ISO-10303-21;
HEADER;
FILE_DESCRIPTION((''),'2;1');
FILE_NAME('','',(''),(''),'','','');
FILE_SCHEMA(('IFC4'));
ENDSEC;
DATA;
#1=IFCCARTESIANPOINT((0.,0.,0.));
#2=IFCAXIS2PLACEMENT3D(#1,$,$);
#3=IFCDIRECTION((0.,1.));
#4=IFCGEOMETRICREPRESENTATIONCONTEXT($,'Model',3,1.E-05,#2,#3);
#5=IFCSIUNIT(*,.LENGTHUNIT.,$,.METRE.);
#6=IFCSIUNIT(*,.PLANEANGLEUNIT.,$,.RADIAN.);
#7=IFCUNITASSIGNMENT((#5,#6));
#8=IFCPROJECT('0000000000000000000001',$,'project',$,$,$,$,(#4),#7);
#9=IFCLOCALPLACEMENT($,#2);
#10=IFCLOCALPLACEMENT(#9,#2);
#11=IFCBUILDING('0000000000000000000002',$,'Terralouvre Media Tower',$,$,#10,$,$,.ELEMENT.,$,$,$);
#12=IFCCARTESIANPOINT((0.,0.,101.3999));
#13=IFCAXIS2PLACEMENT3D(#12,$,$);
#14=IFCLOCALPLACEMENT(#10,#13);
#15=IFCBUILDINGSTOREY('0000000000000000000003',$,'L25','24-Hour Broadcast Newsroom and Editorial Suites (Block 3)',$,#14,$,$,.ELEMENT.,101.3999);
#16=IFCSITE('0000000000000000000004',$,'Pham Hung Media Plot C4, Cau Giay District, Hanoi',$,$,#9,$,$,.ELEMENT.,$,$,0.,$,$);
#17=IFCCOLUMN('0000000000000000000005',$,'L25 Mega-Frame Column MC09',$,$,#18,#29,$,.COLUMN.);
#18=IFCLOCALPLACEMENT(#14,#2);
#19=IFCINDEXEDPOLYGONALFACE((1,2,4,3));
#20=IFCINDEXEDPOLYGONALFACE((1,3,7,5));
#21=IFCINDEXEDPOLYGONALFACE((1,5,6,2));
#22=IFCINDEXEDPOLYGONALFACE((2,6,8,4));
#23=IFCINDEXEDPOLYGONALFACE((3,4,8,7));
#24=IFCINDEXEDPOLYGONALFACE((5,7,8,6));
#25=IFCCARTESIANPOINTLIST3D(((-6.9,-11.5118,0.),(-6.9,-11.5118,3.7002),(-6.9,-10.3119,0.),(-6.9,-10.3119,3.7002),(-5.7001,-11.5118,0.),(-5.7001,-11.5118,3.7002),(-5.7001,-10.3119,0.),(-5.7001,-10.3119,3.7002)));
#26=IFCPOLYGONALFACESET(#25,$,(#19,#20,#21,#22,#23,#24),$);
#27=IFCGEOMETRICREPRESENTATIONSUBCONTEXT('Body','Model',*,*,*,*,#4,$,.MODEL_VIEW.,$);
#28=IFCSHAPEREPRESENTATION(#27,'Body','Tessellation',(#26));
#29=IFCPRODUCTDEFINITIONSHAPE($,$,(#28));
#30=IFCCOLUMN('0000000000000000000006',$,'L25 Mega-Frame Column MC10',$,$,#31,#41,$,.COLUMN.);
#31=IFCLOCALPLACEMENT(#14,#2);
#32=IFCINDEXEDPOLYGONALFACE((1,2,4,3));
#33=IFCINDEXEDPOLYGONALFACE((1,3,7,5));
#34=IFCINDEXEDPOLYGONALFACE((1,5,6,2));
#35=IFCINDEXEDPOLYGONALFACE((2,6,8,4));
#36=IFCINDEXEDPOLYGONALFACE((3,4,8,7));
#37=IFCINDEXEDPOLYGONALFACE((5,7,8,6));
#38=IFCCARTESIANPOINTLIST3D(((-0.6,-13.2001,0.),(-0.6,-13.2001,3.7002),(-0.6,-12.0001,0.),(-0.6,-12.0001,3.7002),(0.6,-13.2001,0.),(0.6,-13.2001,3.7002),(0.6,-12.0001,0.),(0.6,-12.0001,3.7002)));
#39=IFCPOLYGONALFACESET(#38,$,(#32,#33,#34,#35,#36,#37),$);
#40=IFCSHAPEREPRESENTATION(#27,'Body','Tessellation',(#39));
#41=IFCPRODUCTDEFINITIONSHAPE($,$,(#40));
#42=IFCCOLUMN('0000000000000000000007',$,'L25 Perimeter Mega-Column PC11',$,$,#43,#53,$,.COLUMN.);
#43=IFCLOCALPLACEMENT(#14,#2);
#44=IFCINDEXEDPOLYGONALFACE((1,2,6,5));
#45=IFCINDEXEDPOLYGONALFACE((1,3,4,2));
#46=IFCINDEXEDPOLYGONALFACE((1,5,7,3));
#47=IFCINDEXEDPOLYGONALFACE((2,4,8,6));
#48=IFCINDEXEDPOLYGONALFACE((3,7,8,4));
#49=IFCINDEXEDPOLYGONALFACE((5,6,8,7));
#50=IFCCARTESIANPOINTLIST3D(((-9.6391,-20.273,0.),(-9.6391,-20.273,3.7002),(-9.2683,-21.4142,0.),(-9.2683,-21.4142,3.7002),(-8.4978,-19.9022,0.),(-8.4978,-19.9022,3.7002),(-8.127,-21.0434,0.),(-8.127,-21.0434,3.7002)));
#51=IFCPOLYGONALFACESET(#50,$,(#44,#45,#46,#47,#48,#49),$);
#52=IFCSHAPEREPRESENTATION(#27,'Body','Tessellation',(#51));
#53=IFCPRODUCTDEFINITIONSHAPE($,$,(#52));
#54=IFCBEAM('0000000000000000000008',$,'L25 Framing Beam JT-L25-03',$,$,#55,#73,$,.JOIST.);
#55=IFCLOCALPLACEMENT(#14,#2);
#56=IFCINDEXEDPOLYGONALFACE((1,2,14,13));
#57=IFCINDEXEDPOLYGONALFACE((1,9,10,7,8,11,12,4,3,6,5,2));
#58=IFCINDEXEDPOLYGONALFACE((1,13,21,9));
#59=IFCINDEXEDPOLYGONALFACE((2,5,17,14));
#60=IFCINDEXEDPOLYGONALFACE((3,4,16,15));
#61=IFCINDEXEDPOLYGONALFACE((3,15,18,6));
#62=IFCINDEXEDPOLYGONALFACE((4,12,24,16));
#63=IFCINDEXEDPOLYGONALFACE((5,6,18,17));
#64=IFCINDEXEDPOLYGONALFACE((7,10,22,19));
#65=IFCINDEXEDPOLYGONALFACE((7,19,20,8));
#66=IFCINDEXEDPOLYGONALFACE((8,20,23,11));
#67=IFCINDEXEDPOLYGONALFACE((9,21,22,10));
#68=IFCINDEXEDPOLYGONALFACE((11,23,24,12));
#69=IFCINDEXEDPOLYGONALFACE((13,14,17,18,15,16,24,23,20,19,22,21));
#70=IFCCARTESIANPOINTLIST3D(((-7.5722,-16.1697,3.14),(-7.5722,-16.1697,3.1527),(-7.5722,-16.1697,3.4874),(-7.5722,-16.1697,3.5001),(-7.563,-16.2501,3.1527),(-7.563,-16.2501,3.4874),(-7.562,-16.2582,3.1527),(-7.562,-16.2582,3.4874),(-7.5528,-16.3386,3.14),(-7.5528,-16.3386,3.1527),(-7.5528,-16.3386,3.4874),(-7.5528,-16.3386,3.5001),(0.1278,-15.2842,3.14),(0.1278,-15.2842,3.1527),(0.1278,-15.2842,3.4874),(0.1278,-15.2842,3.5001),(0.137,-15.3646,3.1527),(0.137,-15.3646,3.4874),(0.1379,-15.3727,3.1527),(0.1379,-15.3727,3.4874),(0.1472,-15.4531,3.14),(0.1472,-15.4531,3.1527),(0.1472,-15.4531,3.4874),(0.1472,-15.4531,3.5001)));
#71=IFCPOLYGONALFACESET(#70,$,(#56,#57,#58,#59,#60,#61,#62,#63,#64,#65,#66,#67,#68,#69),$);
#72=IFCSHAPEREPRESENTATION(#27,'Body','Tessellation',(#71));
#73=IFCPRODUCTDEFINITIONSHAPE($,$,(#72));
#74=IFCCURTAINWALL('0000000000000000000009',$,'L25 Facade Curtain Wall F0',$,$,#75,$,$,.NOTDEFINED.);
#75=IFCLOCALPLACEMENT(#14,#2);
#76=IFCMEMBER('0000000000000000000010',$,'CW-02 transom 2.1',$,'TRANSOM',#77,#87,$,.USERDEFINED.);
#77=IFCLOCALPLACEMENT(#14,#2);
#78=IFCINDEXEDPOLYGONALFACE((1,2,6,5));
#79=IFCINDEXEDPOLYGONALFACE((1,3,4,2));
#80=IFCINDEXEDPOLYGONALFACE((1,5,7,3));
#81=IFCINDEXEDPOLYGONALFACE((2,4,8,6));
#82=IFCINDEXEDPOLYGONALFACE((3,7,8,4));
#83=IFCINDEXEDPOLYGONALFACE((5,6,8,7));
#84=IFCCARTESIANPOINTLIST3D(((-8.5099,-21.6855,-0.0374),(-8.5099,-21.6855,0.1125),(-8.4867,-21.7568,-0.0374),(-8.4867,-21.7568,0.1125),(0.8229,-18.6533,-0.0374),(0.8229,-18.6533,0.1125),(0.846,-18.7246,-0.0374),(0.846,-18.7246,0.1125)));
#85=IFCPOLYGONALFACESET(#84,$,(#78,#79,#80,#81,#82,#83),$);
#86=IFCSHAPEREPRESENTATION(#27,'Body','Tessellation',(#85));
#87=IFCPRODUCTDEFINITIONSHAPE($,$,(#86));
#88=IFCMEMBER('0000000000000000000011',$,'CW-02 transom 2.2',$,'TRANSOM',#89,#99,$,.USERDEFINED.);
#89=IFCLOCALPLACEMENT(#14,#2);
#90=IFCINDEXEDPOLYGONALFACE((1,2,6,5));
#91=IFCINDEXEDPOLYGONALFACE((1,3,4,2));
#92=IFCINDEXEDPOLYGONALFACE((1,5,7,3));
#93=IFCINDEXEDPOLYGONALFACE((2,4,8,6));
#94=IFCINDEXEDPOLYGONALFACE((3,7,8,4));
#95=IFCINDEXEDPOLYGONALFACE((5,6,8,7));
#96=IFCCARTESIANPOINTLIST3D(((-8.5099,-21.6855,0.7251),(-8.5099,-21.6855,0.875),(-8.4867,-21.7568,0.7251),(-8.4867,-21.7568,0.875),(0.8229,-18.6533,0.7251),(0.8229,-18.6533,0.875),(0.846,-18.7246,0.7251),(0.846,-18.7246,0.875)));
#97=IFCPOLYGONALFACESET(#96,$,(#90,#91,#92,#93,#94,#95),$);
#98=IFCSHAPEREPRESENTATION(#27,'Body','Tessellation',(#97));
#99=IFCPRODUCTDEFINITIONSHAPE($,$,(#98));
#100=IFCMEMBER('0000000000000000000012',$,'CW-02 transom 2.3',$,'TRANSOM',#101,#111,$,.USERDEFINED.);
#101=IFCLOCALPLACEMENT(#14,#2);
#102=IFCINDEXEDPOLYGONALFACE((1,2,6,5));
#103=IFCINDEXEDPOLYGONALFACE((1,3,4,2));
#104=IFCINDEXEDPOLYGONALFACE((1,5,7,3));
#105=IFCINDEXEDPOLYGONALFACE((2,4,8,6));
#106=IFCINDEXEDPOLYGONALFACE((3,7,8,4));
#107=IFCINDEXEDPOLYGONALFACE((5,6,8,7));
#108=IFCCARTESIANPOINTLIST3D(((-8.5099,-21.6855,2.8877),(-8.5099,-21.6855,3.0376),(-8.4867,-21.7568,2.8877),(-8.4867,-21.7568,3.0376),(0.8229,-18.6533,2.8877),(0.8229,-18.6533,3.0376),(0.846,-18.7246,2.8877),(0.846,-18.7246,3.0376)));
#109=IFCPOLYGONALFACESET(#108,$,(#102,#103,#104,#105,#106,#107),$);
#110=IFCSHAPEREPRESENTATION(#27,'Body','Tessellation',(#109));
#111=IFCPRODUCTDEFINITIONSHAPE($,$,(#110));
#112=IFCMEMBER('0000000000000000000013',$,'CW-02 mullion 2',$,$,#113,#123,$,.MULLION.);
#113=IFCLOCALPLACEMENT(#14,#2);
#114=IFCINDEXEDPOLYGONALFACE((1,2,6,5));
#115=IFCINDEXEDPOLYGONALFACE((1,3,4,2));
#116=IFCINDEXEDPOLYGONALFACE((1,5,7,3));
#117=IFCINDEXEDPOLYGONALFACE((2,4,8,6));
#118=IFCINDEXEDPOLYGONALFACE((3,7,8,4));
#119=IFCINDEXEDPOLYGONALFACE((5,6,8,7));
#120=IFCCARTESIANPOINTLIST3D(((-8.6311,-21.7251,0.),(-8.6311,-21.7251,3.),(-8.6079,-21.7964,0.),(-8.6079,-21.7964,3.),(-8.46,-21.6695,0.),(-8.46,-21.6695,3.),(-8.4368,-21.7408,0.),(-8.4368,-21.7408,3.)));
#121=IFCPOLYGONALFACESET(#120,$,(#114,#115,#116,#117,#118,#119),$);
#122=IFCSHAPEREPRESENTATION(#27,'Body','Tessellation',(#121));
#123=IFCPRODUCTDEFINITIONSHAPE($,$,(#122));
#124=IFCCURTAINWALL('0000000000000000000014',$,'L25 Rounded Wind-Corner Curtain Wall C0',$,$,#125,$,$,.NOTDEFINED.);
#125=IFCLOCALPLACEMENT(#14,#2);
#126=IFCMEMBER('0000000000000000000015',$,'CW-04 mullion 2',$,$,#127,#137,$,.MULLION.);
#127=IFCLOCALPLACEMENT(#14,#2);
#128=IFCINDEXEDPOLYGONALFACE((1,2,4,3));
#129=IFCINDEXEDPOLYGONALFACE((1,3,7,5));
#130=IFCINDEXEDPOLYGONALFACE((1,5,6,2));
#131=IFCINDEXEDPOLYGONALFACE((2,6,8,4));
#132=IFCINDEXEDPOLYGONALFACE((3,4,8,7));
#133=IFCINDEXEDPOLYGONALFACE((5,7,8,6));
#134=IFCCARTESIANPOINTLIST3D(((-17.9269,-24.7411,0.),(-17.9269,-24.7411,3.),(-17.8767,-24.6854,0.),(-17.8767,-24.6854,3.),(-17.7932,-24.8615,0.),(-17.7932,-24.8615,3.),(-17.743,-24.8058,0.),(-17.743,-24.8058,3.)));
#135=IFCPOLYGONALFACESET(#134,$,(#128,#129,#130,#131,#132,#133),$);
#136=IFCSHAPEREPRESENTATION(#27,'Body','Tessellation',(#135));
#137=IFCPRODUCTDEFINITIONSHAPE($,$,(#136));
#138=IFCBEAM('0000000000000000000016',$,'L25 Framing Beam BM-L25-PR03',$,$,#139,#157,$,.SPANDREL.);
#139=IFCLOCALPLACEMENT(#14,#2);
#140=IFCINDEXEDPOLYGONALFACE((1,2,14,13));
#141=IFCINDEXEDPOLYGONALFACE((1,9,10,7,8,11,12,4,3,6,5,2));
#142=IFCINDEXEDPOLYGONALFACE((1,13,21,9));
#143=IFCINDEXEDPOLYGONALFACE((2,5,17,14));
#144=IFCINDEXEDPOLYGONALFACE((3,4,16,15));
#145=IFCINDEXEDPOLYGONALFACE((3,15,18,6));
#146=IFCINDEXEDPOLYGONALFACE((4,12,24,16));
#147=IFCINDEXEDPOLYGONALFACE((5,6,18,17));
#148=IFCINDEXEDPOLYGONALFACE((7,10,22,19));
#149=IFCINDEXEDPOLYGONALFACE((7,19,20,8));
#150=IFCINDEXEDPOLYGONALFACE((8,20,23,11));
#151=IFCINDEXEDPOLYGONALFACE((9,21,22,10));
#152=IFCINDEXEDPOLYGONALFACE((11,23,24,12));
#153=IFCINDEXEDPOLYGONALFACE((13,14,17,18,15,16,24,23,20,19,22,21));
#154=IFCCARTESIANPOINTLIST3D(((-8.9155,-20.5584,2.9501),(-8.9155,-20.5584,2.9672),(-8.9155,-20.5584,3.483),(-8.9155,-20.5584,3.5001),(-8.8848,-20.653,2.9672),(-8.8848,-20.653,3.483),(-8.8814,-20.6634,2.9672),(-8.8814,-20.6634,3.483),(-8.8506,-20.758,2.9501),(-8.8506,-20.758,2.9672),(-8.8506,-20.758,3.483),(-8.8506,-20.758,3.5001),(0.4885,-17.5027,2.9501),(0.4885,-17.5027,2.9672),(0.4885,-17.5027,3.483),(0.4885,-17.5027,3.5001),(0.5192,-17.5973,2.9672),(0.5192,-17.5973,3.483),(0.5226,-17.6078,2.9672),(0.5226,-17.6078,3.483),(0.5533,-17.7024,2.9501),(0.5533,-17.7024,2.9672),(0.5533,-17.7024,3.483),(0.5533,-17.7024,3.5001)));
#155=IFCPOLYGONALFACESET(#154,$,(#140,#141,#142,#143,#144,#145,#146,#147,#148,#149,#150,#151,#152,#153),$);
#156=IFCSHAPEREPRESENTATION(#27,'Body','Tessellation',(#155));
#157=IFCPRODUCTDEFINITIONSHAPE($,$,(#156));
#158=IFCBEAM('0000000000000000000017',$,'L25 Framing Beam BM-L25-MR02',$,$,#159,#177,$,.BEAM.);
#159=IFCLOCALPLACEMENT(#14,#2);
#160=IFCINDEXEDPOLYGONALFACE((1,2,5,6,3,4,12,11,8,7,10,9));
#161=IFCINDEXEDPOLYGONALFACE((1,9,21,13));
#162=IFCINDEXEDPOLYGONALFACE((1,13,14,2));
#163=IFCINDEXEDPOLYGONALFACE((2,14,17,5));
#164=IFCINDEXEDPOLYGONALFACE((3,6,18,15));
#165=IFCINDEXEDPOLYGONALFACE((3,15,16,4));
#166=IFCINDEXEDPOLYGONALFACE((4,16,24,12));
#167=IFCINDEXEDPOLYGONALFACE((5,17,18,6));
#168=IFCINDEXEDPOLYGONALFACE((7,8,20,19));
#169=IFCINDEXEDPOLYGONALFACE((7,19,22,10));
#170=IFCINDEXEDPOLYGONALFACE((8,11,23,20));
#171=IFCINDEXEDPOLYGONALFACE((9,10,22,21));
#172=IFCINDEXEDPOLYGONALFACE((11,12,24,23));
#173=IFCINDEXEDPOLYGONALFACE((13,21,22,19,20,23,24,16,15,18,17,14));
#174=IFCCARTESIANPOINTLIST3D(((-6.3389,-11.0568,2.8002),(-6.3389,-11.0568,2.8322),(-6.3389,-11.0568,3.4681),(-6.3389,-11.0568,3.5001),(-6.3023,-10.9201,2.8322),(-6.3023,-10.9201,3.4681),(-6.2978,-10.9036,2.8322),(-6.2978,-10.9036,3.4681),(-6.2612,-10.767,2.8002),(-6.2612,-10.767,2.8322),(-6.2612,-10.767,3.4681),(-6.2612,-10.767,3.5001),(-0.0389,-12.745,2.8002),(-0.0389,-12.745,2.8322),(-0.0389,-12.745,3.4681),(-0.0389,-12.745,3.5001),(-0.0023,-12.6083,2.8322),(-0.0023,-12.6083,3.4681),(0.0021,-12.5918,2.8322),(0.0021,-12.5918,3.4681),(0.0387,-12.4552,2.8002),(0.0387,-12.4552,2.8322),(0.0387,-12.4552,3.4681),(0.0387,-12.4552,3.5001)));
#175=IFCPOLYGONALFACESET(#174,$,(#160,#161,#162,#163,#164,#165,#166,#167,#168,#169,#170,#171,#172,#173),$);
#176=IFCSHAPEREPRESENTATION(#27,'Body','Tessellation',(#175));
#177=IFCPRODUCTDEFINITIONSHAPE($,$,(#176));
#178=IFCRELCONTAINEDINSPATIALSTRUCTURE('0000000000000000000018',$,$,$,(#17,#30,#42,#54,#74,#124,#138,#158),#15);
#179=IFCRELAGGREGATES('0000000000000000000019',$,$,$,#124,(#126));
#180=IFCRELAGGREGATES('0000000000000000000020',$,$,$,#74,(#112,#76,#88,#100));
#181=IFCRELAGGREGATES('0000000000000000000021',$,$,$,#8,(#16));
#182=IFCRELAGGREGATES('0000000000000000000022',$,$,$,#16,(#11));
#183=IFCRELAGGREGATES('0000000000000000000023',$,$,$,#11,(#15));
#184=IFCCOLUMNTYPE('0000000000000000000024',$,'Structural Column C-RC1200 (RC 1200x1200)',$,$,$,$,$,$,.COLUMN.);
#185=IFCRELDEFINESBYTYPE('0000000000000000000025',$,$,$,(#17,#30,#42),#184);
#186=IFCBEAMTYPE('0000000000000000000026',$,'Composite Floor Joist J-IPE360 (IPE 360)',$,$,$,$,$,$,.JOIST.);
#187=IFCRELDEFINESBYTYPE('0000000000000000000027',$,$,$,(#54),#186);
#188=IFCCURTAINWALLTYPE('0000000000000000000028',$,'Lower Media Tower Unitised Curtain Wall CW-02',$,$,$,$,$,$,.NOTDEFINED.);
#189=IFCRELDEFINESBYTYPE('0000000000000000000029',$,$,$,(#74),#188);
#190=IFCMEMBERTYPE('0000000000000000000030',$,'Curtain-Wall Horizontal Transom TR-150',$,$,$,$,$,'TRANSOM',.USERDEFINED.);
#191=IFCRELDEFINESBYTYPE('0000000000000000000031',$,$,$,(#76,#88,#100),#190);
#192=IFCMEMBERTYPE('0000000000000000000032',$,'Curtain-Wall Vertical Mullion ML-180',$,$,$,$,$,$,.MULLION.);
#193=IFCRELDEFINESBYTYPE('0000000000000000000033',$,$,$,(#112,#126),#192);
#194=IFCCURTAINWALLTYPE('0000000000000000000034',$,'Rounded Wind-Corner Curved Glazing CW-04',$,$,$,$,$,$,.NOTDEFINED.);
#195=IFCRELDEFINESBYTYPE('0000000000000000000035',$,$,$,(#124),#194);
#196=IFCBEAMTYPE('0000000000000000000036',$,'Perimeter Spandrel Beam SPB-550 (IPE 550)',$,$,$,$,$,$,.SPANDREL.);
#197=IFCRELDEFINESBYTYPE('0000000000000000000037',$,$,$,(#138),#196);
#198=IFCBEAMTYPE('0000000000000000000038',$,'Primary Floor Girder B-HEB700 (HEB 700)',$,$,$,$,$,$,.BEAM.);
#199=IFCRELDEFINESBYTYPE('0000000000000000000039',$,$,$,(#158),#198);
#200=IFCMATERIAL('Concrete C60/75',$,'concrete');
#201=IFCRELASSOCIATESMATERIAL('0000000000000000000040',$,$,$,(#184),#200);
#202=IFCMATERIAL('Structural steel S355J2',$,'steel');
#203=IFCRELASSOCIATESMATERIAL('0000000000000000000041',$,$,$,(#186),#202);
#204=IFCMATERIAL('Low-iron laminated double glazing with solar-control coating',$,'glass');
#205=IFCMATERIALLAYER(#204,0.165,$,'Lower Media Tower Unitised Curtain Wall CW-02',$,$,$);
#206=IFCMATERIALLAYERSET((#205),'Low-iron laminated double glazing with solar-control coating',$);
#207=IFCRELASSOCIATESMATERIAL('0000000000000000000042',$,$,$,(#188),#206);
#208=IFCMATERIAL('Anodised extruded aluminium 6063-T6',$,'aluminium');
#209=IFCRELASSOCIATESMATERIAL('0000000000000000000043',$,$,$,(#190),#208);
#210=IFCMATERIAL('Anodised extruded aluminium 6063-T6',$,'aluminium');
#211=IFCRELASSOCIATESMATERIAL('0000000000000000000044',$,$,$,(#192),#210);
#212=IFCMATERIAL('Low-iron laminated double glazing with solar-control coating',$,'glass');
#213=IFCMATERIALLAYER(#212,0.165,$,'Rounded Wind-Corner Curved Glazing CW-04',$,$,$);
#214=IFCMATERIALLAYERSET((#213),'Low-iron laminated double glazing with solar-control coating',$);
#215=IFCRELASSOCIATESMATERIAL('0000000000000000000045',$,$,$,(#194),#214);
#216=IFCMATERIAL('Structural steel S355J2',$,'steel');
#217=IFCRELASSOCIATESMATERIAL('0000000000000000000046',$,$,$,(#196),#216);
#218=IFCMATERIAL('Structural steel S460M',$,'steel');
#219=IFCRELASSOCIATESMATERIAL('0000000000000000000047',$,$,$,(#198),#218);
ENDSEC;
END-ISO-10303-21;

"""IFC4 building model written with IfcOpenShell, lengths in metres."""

from ifc_helpers import new_model, si_unit, direction, frame, origin, origin_2d, place, context, subcontext, project, spatial, rectangle, i_section, extrude, material, layer, layer_set, material_profile, profile_set, type_object, element, aggregate, save


model = new_model("IFC4")

# Units and contexts
model_context = context("Model", 3, precision=1e-05, world=origin(), true_north=direction((0.0, 1.0)))
body_context = subcontext(model_context, "Body", "Model", "MODEL_VIEW")
ifc_project = project(units=[si_unit("LENGTHUNIT", "METRE"), si_unit("PLANEANGLEUNIT", "RADIAN")], contexts=[model_context])

# Site, building, storey
site_placement = place(None, origin())
site = spatial("IfcSite", under=ifc_project, at=site_placement, Name="Pham Hung Media Plot C4, Cau Giay District, Hanoi", CompositionType="ELEMENT", RefElevation=0.0)
building_placement = place(site_placement, origin())
building = spatial("IfcBuilding", under=site, at=building_placement, Name="Terralouvre Media Tower", CompositionType="ELEMENT")
storey_placement = place(building_placement, frame((0.0, 0.0, 101.3999)))
storey = spatial("IfcBuildingStorey", under=building, at=storey_placement, Name="L25", Description="24-Hour Broadcast Newsroom and Editorial Suites (Block 3)", CompositionType="ELEMENT", Elevation=101.3999)

# Columns
ifc_material_1 = material(Name="Concrete C60/75", Category="concrete")
ifc_material_profile_1 = material_profile(ifc_material_1, rectangle(XDim=1.2, YDim=1.2, at=origin_2d()), Name="RC 1200x1200")
ifc_profile_set_1 = profile_set([ifc_material_profile_1], Name="Concrete C60/75")
column_type = type_object("IfcColumnType", Name="Structural Column C-RC1200 (RC 1200x1200)", PredefinedType="COLUMN", material=ifc_profile_set_1)
for number, where, z_axis, x_axis, name in (
    (1, (-6.3, -10.9119, 0.0), (0.0, 0.0, 1.0), (1.0, 0.0, 0.0), "L25 Mega-Frame Column MC09"),
    (2, (0.0, -12.6001, 0.0), (0.0, 0.0, 1.0), (1.0, 0.0, 0.0), "L25 Mega-Frame Column MC10"),
    (3, (-8.8831, -20.6582, 0.0), (0.0, 0.0, 1.0), (0.951057, 0.309017, 0.0), "L25 Perimeter Mega-Column PC11"),
):
    element("IfcColumn", number, at=place(storey_placement, frame(where, z_axis=z_axis, x_axis=x_axis)), inside=storey, type_object=column_type, Name=name, PredefinedType="COLUMN", context=body_context, shape_type="SweptSolid", body=[
        extrude(rectangle(XDim=1.2, YDim=1.2, at=origin_2d()), origin(), (0.0, 0.0, 1.0), 3.7002),
    ])

# Beam
ifc_material_2 = material(Name="Structural steel S355J2", Category="steel")
ifc_material_profile_2 = material_profile(ifc_material_2, i_section(OverallWidth=0.1699, OverallDepth=0.3601, WebThickness=0.0081, FlangeThickness=0.0127, at=origin_2d()), Name="IPE 360")
ifc_profile_set_2 = profile_set([ifc_material_profile_2], Name="Structural steel S355J2")
beam_type_1 = type_object("IfcBeamType", Name="Composite Floor Joist J-IPE360 (IPE 360)", PredefinedType="JOIST", material=ifc_profile_set_2)
beam_1_placement = place(storey_placement, frame((-7.5625, -16.2542, 3.3201), z_axis=(0.993452, 0.114247, 0.0), x_axis=(-0.114247, 0.993452, 0.0)))
element("IfcBeam", 4, at=beam_1_placement, inside=storey, type_object=beam_type_1, Name="L25 Framing Beam JT-L25-03", PredefinedType="JOIST", context=body_context, shape_type="SweptSolid", body=[
    extrude(i_section(OverallWidth=0.1699, OverallDepth=0.3601, WebThickness=0.0081, FlangeThickness=0.0127, at=origin_2d()), origin(), (0.0, 0.0, 1.0), 7.7507),
])

# Curtain wall, members
ifc_material_3 = material(Name="Low-iron laminated double glazing with solar-control coating", Category="glass")
ifc_layer_1 = layer(ifc_material_3, 0.165, Name="Lower Media Tower Unitised Curtain Wall CW-02")
ifc_layer_set_1 = layer_set([ifc_layer_1], Name="Low-iron laminated double glazing with solar-control coating")
curtain_wall_type_1 = type_object("IfcCurtainWallType", Name="Lower Media Tower Unitised Curtain Wall CW-02", PredefinedType="NOTDEFINED", material=ifc_layer_set_1)
curtain_wall_1_placement = place(storey_placement, origin())
curtain_wall_1 = element("IfcCurtainWall", 5, at=curtain_wall_1_placement, inside=storey, type_object=curtain_wall_type_1, Name="L25 Facade Curtain Wall F0", PredefinedType="NOTDEFINED")
ifc_material_4 = material(Name="Anodised extruded aluminium 6063-T6", Category="aluminium")
ifc_material_profile_3 = material_profile(ifc_material_4, rectangle(XDim=0.075, YDim=0.1499, at=origin_2d()), Name="ALU 75x150")
ifc_profile_set_3 = profile_set([ifc_material_profile_3], Name="Anodised extruded aluminium 6063-T6")
member_type_1 = type_object("IfcMemberType", Name="Curtain-Wall Horizontal Transom TR-150", ElementType="TRANSOM", PredefinedType="USERDEFINED", material=ifc_profile_set_3)
member_1_placement = place(storey_placement, frame((-8.4983, -21.7212, 0.0376), z_axis=(0.951062, 0.309001, 0.0), x_axis=(-0.309001, 0.951062, 0.0)))
member_1 = element("IfcMember", 6, at=member_1_placement, type_object=member_type_1, Name="CW-02 transom 2.1", ObjectType="TRANSOM", PredefinedType="USERDEFINED", context=body_context, shape_type="SweptSolid", body=[
    extrude(rectangle(XDim=0.075, YDim=0.1499, at=origin_2d()), origin(), (0.0, 0.0, 1.0), 9.813),
])
member_2_placement = place(storey_placement, frame((-8.4983, -21.7212, 0.8), z_axis=(0.951062, 0.309001, 0.0), x_axis=(-0.309001, 0.951062, 0.0)))
member_2 = element("IfcMember", 7, at=member_2_placement, type_object=member_type_1, Name="CW-02 transom 2.2", ObjectType="TRANSOM", PredefinedType="USERDEFINED", context=body_context, shape_type="SweptSolid", body=[
    extrude(rectangle(XDim=0.075, YDim=0.1499, at=origin_2d()), origin(), (0.0, 0.0, 1.0), 9.813),
])
member_3_placement = place(storey_placement, frame((-8.4983, -21.7212, 2.9626), z_axis=(0.951062, 0.309001, 0.0), x_axis=(-0.309001, 0.951062, 0.0)))
member_3 = element("IfcMember", 8, at=member_3_placement, type_object=member_type_1, Name="CW-02 transom 2.3", ObjectType="TRANSOM", PredefinedType="USERDEFINED", context=body_context, shape_type="SweptSolid", body=[
    extrude(rectangle(XDim=0.075, YDim=0.1499, at=origin_2d()), origin(), (0.0, 0.0, 1.0), 9.813),
])
ifc_material_5 = material(Name="Anodised extruded aluminium 6063-T6", Category="aluminium")
ifc_material_profile_4 = material_profile(ifc_material_5, rectangle(XDim=0.075, YDim=0.1799, at=origin_2d()), Name="ALU 75x180")
ifc_profile_set_4 = profile_set([ifc_material_profile_4], Name="Anodised extruded aluminium 6063-T6")
member_type_2 = type_object("IfcMemberType", Name="Curtain-Wall Vertical Mullion ML-180", PredefinedType="MULLION", material=ifc_profile_set_4)
member_4_placement = place(storey_placement, frame((-8.5339, -21.7329, 0.0), z_axis=(0.0, 0.0, 1.0), x_axis=(-0.309017, 0.951057, 0.0)))
member_4 = element("IfcMember", 9, at=member_4_placement, type_object=member_type_2, Name="CW-02 mullion 2", PredefinedType="MULLION", context=body_context, shape_type="SweptSolid", body=[
    extrude(rectangle(XDim=0.075, YDim=0.1799, at=origin_2d()), origin(), (0.0, 0.0, 1.0), 3.0),
])

# Curtain wall, member
ifc_material_6 = material(Name="Low-iron laminated double glazing with solar-control coating", Category="glass")
ifc_layer_2 = layer(ifc_material_6, 0.165, Name="Rounded Wind-Corner Curved Glazing CW-04")
ifc_layer_set_2 = layer_set([ifc_layer_2], Name="Low-iron laminated double glazing with solar-control coating")
curtain_wall_type_2 = type_object("IfcCurtainWallType", Name="Rounded Wind-Corner Curved Glazing CW-04", PredefinedType="NOTDEFINED", material=ifc_layer_set_2)
curtain_wall_2_placement = place(storey_placement, origin())
curtain_wall_2 = element("IfcCurtainWall", 10, at=curtain_wall_2_placement, inside=storey, type_object=curtain_wall_type_2, Name="L25 Rounded Wind-Corner Curtain Wall C0", PredefinedType="NOTDEFINED")
member_5_placement = place(storey_placement, frame((-17.835, -24.7734, 0.0), z_axis=(0.0, 0.0, 1.0), x_axis=(0.669131, 0.743145, 0.0)))
member_5 = element("IfcMember", 11, at=member_5_placement, type_object=member_type_2, Name="CW-04 mullion 2", PredefinedType="MULLION", context=body_context, shape_type="SweptSolid", body=[
    extrude(rectangle(XDim=0.075, YDim=0.1799, at=origin_2d()), origin(), (0.0, 0.0, 1.0), 3.0),
])
aggregate(curtain_wall_2, [member_5])

# Beams
ifc_material_7 = material(Name="Structural steel S355J2", Category="steel")
ifc_material_profile_5 = material_profile(ifc_material_7, i_section(OverallWidth=0.21, OverallDepth=0.55, WebThickness=0.011, FlangeThickness=0.0171, at=origin_2d()), Name="IPE 550")
ifc_profile_set_5 = profile_set([ifc_material_profile_5], Name="Structural steel S355J2")
beam_type_2 = type_object("IfcBeamType", Name="Perimeter Spandrel Beam SPB-550 (IPE 550)", PredefinedType="SPANDREL", material=ifc_profile_set_5)
beam_2_placement = place(storey_placement, frame((-8.8831, -20.6582, 3.2251), z_axis=(0.951053, 0.309026, 0.0), x_axis=(-0.309026, 0.951053, 0.0)))
element("IfcBeam", 12, at=beam_2_placement, inside=storey, type_object=beam_type_2, Name="L25 Framing Beam BM-L25-PR03", PredefinedType="SPANDREL", context=body_context, shape_type="SweptSolid", body=[
    extrude(i_section(OverallWidth=0.21, OverallDepth=0.55, WebThickness=0.011, FlangeThickness=0.0171, at=origin_2d()), origin(), (0.0, 0.0, 1.0), 9.8879),
])
ifc_material_8 = material(Name="Structural steel S460M", Category="steel")
ifc_material_profile_6 = material_profile(ifc_material_8, i_section(OverallWidth=0.3, OverallDepth=0.7, WebThickness=0.0171, FlangeThickness=0.032, at=origin_2d()), Name="HEB 700")
ifc_profile_set_6 = profile_set([ifc_material_profile_6], Name="Structural steel S460M")
beam_type_3 = type_object("IfcBeamType", Name="Primary Floor Girder B-HEB700 (HEB 700)", PredefinedType="BEAM", material=ifc_profile_set_6)
for number, where, z_axis, x_axis, name in (
    (13, (-6.3, -10.9119, 3.1501), (0.96592, -0.258839, 0.0), (0.258839, 0.96592, 0.0), "L25 Framing Beam BM-L25-MR02"),
):
    element("IfcBeam", number, at=place(storey_placement, frame(where, z_axis=z_axis, x_axis=x_axis)), inside=storey, type_object=beam_type_3, Name=name, PredefinedType="BEAM", context=body_context, shape_type="SweptSolid", body=[
        extrude(i_section(OverallWidth=0.3, OverallDepth=0.7, WebThickness=0.0171, FlangeThickness=0.032, at=origin_2d()), origin(), (0.0, 0.0, 1.0), 6.5222),
    ])

aggregate(curtain_wall_1, [member_4, member_1, member_2, member_3])

save(model, "model.ifc")
